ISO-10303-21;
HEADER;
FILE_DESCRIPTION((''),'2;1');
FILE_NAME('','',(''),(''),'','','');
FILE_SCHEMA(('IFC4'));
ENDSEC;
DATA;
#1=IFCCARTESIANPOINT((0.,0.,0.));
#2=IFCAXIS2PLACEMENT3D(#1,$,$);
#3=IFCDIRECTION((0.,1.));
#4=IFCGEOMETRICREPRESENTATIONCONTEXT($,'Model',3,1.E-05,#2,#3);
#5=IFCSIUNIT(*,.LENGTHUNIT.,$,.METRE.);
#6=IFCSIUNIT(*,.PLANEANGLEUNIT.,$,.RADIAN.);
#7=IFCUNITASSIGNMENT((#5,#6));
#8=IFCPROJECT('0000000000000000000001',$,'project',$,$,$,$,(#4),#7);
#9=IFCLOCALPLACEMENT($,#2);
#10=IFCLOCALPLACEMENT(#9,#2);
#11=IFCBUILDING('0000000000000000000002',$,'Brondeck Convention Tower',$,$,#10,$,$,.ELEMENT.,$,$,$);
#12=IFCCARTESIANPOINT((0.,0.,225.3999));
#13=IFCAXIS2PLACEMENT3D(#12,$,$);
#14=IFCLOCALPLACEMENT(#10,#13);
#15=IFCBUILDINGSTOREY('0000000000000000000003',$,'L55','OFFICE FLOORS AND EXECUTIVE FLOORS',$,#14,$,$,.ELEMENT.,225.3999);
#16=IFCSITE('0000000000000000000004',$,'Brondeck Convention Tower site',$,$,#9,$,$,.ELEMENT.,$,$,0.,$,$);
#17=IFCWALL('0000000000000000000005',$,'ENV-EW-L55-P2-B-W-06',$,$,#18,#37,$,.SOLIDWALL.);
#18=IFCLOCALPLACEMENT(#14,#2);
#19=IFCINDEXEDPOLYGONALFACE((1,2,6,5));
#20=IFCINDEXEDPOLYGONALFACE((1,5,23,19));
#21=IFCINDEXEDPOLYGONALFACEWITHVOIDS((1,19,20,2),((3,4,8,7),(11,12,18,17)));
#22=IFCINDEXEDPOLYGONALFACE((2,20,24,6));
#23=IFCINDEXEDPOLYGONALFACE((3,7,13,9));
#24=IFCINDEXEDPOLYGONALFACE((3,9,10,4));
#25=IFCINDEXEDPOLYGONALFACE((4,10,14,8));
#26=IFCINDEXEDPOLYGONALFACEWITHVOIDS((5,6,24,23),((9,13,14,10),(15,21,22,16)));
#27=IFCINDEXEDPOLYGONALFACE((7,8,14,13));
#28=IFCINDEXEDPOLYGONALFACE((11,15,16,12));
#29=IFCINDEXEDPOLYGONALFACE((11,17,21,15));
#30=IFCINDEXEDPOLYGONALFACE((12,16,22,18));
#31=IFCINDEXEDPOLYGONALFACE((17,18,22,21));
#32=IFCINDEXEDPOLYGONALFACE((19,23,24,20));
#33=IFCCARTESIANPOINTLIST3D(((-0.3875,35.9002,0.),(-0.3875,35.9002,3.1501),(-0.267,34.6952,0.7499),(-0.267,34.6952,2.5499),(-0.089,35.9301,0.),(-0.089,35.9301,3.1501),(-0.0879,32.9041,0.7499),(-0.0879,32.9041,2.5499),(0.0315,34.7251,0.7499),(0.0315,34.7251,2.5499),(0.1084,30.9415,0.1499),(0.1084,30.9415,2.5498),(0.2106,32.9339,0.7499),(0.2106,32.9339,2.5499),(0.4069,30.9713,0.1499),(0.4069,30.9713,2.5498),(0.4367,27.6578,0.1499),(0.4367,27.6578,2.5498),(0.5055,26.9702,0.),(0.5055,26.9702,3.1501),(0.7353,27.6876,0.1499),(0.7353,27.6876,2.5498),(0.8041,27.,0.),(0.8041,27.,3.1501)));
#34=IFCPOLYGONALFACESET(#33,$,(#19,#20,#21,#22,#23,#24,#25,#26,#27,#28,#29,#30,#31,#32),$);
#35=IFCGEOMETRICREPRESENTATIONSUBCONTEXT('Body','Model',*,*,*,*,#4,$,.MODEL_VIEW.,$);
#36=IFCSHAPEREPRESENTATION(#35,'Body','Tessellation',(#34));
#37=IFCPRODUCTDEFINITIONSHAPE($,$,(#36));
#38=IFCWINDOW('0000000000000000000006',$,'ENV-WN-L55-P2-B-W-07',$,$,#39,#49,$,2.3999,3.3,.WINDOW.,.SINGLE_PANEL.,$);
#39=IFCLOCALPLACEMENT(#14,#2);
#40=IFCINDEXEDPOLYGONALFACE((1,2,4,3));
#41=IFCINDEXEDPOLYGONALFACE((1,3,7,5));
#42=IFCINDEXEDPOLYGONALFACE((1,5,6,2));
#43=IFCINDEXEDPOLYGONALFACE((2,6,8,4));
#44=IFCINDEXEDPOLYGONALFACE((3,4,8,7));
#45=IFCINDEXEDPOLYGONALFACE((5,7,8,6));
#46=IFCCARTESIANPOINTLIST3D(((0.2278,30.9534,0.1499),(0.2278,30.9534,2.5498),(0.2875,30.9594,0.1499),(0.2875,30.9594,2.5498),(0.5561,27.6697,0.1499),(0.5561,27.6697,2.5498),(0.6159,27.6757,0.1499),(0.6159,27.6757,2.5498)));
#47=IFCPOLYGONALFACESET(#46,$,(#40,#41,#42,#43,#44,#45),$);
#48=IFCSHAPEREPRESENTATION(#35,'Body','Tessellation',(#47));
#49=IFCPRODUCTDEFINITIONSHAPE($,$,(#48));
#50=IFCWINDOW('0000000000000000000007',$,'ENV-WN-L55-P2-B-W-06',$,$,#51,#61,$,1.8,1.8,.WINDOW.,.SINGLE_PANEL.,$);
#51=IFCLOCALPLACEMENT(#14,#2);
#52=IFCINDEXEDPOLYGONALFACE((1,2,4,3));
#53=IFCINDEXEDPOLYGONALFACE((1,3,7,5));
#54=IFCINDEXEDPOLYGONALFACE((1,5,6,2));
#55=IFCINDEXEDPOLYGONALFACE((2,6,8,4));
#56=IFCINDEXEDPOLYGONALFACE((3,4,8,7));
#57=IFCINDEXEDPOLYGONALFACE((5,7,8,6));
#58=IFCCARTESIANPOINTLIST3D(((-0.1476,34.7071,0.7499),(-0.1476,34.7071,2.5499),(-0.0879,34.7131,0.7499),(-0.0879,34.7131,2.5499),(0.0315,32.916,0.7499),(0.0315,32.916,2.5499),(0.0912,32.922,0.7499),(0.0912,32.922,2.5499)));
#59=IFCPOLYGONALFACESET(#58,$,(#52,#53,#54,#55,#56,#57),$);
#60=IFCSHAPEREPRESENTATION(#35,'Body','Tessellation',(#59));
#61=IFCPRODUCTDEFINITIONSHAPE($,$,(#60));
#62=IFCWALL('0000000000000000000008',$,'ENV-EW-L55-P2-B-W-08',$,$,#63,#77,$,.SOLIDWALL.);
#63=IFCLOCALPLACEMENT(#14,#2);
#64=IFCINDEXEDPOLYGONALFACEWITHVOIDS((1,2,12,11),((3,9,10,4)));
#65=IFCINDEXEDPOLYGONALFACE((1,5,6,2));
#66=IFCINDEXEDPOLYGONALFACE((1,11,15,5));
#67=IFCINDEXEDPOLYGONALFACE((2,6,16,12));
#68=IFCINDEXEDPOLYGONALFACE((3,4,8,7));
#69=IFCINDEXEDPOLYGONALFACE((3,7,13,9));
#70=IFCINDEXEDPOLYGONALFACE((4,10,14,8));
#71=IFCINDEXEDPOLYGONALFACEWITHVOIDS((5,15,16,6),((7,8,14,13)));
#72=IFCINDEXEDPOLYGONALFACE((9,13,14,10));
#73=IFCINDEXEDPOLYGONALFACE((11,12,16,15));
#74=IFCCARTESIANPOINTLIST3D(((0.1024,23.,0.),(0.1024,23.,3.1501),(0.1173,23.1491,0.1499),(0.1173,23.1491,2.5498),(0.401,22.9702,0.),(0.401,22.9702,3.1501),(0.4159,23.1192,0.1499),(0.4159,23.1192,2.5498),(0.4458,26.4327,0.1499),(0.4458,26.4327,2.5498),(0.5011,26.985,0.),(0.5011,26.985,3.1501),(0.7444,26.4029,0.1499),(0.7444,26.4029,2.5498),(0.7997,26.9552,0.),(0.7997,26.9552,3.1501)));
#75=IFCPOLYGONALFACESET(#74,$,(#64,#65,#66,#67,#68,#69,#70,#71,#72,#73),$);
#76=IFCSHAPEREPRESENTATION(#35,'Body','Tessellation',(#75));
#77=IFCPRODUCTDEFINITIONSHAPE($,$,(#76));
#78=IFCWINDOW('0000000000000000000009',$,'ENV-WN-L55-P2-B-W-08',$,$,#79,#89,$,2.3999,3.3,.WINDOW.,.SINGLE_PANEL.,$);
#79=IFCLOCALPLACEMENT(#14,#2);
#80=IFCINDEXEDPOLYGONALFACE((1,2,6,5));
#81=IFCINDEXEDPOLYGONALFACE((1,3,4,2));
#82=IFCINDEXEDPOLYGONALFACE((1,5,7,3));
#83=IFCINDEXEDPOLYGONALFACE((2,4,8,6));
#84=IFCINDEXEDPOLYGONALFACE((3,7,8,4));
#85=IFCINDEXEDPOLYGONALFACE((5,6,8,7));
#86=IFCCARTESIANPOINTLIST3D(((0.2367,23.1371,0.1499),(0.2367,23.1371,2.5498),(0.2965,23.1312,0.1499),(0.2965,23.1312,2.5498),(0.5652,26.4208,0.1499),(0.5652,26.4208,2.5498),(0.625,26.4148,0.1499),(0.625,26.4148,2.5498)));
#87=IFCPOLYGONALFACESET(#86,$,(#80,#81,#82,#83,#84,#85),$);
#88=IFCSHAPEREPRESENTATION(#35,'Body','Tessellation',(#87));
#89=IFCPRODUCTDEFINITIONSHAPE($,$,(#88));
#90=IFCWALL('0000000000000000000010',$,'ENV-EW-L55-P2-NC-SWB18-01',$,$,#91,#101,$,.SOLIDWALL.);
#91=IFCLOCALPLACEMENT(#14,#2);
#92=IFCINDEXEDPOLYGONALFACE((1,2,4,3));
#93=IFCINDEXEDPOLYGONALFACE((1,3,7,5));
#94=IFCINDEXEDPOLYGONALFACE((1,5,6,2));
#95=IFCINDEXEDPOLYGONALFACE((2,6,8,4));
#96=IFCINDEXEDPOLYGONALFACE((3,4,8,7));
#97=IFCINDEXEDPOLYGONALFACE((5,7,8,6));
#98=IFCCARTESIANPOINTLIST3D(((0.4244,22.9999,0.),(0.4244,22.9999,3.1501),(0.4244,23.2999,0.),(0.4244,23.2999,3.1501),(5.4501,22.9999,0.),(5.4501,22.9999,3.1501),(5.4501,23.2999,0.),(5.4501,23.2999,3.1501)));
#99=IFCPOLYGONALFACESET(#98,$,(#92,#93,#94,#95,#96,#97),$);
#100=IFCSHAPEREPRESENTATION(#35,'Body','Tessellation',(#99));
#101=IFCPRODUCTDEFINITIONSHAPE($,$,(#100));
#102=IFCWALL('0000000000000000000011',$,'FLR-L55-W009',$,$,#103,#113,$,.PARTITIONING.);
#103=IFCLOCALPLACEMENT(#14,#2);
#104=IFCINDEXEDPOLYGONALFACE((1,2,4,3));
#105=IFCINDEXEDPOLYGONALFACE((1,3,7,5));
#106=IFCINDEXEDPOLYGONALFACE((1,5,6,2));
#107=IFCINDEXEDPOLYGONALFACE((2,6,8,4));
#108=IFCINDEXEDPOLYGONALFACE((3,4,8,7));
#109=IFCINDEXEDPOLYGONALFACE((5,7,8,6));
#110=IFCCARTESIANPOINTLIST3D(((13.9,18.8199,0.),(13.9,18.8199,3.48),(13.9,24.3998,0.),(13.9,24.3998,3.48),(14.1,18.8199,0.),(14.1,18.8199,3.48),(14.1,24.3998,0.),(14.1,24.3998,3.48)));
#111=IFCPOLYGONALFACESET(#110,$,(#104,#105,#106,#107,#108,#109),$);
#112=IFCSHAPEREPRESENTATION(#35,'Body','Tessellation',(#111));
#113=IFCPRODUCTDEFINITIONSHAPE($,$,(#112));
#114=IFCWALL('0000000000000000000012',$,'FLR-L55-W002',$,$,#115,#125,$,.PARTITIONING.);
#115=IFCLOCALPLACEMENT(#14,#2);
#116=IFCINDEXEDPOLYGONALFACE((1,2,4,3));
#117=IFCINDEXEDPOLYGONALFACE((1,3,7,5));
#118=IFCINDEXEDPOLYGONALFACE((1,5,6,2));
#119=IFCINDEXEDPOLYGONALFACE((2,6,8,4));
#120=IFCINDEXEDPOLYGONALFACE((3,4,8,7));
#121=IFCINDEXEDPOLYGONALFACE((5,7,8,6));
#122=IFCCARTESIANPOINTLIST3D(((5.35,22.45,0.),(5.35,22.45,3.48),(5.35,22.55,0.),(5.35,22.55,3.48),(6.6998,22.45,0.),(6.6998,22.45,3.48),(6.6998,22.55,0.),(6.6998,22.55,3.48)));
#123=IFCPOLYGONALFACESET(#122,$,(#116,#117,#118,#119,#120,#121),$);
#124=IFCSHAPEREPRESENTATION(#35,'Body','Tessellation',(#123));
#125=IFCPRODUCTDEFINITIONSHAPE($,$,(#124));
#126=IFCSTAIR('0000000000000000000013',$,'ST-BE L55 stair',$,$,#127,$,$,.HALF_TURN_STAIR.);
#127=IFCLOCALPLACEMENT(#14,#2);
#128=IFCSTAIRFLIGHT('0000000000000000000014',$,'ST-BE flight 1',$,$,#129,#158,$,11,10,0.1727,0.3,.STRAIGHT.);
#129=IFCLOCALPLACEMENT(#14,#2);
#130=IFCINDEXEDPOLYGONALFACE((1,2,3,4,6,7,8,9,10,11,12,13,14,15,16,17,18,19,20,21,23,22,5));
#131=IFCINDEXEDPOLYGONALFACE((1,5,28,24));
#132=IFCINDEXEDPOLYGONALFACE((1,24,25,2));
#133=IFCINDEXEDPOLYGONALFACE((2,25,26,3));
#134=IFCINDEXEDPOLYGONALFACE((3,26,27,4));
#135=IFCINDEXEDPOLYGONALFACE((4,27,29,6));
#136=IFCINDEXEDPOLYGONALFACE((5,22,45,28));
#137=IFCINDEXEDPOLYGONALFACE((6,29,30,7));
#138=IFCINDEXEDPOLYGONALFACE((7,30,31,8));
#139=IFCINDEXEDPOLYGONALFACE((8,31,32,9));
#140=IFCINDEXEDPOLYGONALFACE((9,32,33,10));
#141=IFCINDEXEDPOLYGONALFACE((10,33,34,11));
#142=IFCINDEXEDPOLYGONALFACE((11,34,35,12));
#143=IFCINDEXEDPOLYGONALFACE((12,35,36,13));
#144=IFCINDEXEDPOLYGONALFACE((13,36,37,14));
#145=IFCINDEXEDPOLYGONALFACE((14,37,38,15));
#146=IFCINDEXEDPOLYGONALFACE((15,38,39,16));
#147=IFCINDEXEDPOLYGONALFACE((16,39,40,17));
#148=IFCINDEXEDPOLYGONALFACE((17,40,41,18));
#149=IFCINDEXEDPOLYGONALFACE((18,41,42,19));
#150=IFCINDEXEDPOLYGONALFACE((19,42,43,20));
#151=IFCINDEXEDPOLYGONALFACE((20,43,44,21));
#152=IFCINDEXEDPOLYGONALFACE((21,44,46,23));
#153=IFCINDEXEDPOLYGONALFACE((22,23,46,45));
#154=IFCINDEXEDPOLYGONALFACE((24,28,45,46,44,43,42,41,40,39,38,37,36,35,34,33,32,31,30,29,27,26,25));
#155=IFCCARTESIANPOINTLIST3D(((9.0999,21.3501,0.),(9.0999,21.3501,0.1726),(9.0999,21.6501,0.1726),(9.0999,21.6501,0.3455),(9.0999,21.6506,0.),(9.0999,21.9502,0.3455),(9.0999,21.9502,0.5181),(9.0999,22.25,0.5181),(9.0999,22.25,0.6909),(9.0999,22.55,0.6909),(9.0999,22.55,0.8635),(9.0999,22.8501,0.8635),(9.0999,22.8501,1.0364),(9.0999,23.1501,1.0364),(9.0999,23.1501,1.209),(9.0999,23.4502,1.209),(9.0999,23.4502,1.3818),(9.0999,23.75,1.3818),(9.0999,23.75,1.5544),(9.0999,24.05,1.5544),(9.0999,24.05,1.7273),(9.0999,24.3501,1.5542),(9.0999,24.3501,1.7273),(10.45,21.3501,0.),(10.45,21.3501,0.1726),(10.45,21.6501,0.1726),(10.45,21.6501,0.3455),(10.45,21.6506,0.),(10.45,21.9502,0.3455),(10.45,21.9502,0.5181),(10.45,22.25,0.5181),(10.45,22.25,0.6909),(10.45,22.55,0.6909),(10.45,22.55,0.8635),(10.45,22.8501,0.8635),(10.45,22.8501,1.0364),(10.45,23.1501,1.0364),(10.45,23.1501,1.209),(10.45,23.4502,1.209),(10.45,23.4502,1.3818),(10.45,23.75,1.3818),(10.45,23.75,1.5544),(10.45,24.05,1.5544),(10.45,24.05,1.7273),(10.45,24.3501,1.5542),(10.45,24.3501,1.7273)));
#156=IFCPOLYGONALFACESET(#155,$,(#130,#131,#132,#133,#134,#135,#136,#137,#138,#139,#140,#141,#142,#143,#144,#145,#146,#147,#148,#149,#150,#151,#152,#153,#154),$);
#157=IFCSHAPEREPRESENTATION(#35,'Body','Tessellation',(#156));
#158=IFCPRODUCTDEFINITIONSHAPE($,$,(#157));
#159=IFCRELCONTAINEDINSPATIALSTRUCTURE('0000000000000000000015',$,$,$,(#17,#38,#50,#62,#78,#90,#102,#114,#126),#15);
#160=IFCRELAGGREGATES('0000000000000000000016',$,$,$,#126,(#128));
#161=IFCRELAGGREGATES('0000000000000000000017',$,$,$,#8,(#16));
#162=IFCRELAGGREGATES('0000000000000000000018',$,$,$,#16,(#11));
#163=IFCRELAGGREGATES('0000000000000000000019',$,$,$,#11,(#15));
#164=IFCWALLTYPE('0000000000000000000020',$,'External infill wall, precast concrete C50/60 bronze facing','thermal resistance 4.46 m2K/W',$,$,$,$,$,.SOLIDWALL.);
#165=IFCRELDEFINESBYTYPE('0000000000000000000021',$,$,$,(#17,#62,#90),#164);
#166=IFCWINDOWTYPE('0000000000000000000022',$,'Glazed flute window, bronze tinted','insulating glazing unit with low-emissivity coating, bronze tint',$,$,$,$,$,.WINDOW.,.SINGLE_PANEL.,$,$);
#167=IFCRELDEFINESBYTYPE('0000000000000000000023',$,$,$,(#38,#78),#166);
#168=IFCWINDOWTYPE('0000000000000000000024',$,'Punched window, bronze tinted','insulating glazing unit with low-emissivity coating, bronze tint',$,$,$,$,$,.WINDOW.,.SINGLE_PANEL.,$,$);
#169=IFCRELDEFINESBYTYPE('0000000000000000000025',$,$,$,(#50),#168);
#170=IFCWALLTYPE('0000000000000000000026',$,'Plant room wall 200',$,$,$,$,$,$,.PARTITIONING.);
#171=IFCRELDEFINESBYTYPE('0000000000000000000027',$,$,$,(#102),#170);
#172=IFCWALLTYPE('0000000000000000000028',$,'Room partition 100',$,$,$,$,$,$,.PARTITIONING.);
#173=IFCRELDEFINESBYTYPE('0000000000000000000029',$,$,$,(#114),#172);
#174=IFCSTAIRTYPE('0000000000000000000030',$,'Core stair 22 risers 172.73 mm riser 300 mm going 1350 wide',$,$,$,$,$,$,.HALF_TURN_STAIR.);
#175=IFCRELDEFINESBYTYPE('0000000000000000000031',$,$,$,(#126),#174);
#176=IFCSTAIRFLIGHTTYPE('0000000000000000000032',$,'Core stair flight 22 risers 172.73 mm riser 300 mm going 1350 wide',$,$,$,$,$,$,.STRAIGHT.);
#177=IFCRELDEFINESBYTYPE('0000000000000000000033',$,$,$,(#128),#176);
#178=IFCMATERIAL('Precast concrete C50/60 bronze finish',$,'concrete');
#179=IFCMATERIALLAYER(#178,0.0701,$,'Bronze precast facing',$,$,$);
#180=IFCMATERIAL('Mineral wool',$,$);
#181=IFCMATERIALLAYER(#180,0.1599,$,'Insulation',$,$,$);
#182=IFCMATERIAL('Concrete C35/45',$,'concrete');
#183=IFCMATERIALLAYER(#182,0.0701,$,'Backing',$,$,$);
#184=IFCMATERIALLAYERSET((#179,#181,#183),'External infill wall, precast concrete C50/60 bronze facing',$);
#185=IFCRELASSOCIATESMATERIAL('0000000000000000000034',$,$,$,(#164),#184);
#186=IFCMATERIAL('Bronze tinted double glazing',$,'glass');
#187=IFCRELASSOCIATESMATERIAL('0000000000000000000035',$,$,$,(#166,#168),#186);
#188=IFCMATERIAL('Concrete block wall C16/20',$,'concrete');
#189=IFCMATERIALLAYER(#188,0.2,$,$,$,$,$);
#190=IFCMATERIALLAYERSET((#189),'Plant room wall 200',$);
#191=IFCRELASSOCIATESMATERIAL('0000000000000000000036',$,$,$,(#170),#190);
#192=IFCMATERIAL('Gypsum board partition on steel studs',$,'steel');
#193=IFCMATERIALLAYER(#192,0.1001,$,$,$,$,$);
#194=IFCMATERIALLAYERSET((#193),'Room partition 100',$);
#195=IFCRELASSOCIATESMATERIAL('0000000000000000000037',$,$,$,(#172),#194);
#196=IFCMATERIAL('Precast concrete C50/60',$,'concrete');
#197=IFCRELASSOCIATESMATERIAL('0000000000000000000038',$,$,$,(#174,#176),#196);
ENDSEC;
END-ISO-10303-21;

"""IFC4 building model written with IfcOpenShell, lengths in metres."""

from ifc_helpers import new_model, si_unit, direction, frame, frame_2d, origin, place, context, subcontext, project, spatial, polyline, rectangle, outline, extrude, material, layer, layer_set, type_object, element, fill, aggregate, save


model = new_model("IFC4")

# Units and contexts
model_context = context("Model", 3, precision=1e-05, world=origin(), true_north=direction((0.0, 1.0)))
body_context = subcontext(model_context, "Body", "Model", "MODEL_VIEW")
ifc_project = project(units=[si_unit("LENGTHUNIT", "METRE"), si_unit("PLANEANGLEUNIT", "RADIAN")], contexts=[model_context])

# Site, building, storey
site_placement = place(None, origin())
site = spatial("IfcSite", under=ifc_project, at=site_placement, Name="Brondeck Convention Tower site", CompositionType="ELEMENT", RefElevation=0.0)
building_placement = place(site_placement, origin())
building = spatial("IfcBuilding", under=site, at=building_placement, Name="Brondeck Convention Tower", CompositionType="ELEMENT")
storey_placement = place(building_placement, frame((0.0, 0.0, 225.3999)))
storey = spatial("IfcBuildingStorey", under=building, at=storey_placement, Name="L55", Description="OFFICE FLOORS AND EXECUTIVE FLOORS", CompositionType="ELEMENT", Elevation=225.3999)

# Wall, openings, windows
ifc_material_1 = material(Name="Precast concrete C50/60 bronze finish", Category="concrete")
ifc_layer_1 = layer(ifc_material_1, 0.0701, Name="Bronze precast facing")
ifc_material_2 = material(Name="Mineral wool")
ifc_layer_2 = layer(ifc_material_2, 0.1599, Name="Insulation")
ifc_material_3 = material(Name="Concrete C35/45", Category="concrete")
ifc_layer_3 = layer(ifc_material_3, 0.0701, Name="Backing")
ifc_layer_set_1 = layer_set([ifc_layer_1, ifc_layer_2, ifc_layer_3], Name="External infill wall, precast concrete C50/60 bronze facing")
wall_type_1 = type_object("IfcWallType", Name="External infill wall, precast concrete C50/60 bronze facing", Description="thermal resistance 4.46 m2K/W", PredefinedType="SOLIDWALL", material=ifc_layer_set_1)
wall_1_placement = place(storey_placement, frame((0.6548, 26.9851, 0.0), z_axis=(0.0, 0.0, 1.0), x_axis=(-0.099509, 0.995037, 0.0)))
wall_1 = element("IfcWall", 1, at=wall_1_placement, inside=storey, type_object=wall_type_1, Name="ENV-EW-L55-P2-B-W-06", PredefinedType="SOLIDWALL", context=body_context, shape_type="SweptSolid", body=[
    extrude(rectangle(XDim=8.9746, YDim=0.3, at=frame_2d((4.4873, 0.0))), origin(), (0.0, 0.0, 1.0), 3.1501),
])
opening_1_placement = place(wall_1_placement, frame((0.6912, 0.0, 0.1499)))
opening_1 = element("IfcOpeningElement", 2, at=opening_1_placement, cuts=wall_1, PredefinedType="OPENING", context=body_context, shape_type="SweptSolid", body=[
    extrude(rectangle(XDim=3.3, YDim=2.3999, at=frame_2d((1.6499, 1.2))), frame((0.0, 0.1599, 0.0), z_axis=(0.0, -1.0, 0.0), x_axis=(1.0, 0.0, 0.0)), (0.0, 0.0, 1.0), 0.3201),
])
opening_2_placement = place(wall_1_placement, frame((5.9636, 0.0, 0.75)))
opening_2 = element("IfcOpeningElement", 3, at=opening_2_placement, cuts=wall_1, PredefinedType="OPENING", context=body_context, shape_type="SweptSolid", body=[
    extrude(rectangle(XDim=1.8, YDim=1.8, at=frame_2d((0.8999, 0.8999))), frame((0.0, 0.1599, 0.0), z_axis=(0.0, -1.0, 0.0), x_axis=(1.0, 0.0, 0.0)), (0.0, 0.0, 1.0), 0.3201),
])
ifc_material_4 = material(Name="Bronze tinted double glazing", Category="glass")
window_type_1 = type_object("IfcWindowType", Name="Glazed flute window, bronze tinted", Description="insulating glazing unit with low-emissivity coating, bronze tint", PartitioningType="SINGLE_PANEL", PredefinedType="WINDOW", material=ifc_material_4)
window_1_placement = place(opening_1_placement, origin())
window_1 = element("IfcWindow", 4, at=window_1_placement, inside=storey, type_object=window_type_1, Name="ENV-WN-L55-P2-B-W-07", OverallHeight=2.3999, OverallWidth=3.3, PartitioningType="SINGLE_PANEL", PredefinedType="WINDOW", context=body_context, shape_type="SweptSolid", body=[
    extrude(rectangle(XDim=3.3, YDim=2.3999, at=frame_2d((1.6499, 1.2))), frame((0.0, 0.03, 0.0), z_axis=(0.0, -1.0, 0.0), x_axis=(1.0, 0.0, 0.0)), (0.0, 0.0, 1.0), 0.0601),
])
fill(opening_1, window_1)
window_type_2 = type_object("IfcWindowType", Name="Punched window, bronze tinted", Description="insulating glazing unit with low-emissivity coating, bronze tint", PartitioningType="SINGLE_PANEL", PredefinedType="WINDOW", material=ifc_material_4)
window_2_placement = place(opening_2_placement, origin())
window_2 = element("IfcWindow", 5, at=window_2_placement, inside=storey, type_object=window_type_2, Name="ENV-WN-L55-P2-B-W-06", OverallHeight=1.8, OverallWidth=1.8, PartitioningType="SINGLE_PANEL", PredefinedType="WINDOW", context=body_context, shape_type="SweptSolid", body=[
    extrude(rectangle(XDim=1.8, YDim=1.8, at=frame_2d((0.8999, 0.8999))), frame((0.0, 0.03, 0.0), z_axis=(0.0, -1.0, 0.0), x_axis=(1.0, 0.0, 0.0)), (0.0, 0.0, 1.0), 0.0601),
])
fill(opening_2, window_2)

# Wall, opening, window
wall_2_placement = place(storey_placement, frame((0.2517, 22.9851, 0.0), z_axis=(0.0, 0.0, 1.0), x_axis=(0.099546, 0.995033, 0.0)))
wall_2 = element("IfcWall", 6, at=wall_2_placement, inside=storey, type_object=wall_type_1, Name="ENV-EW-L55-P2-B-W-08", PredefinedType="SOLIDWALL", context=body_context, shape_type="SweptSolid", body=[
    extrude(rectangle(XDim=4.0049, YDim=0.3, at=frame_2d((2.0024, 0.0))), origin(), (0.0, 0.0, 1.0), 3.1501),
])
opening_3_placement = place(wall_2_placement, frame((0.1499, 0.0, 0.1499)))
opening_3 = element("IfcOpeningElement", 7, at=opening_3_placement, cuts=wall_2, PredefinedType="OPENING", context=body_context, shape_type="SweptSolid", body=[
    extrude(rectangle(XDim=3.3, YDim=2.3999, at=frame_2d((1.6499, 1.2))), frame((0.0, 0.1599, 0.0), z_axis=(0.0, -1.0, 0.0), x_axis=(1.0, 0.0, 0.0)), (0.0, 0.0, 1.0), 0.3201),
])
window_3_placement = place(opening_3_placement, origin())
window_3 = element("IfcWindow", 8, at=window_3_placement, inside=storey, type_object=window_type_1, Name="ENV-WN-L55-P2-B-W-08", OverallHeight=2.3999, OverallWidth=3.3, PartitioningType="SINGLE_PANEL", PredefinedType="WINDOW", context=body_context, shape_type="SweptSolid", body=[
    extrude(rectangle(XDim=3.3, YDim=2.3999, at=frame_2d((1.6499, 1.2))), frame((0.0, 0.03, 0.0), z_axis=(0.0, -1.0, 0.0), x_axis=(1.0, 0.0, 0.0)), (0.0, 0.0, 1.0), 0.0601),
])
fill(opening_3, window_3)

# Walls
wall_3_placement = place(storey_placement, frame((5.45, 23.1499, 0.0), z_axis=(0.0, 0.0, 1.0), x_axis=(-1.0, 0.0, 0.0)))
element("IfcWall", 9, at=wall_3_placement, inside=storey, type_object=wall_type_1, Name="ENV-EW-L55-P2-NC-SWB18-01", PredefinedType="SOLIDWALL", context=body_context, shape_type="SweptSolid", body=[
    extrude(rectangle(XDim=5.0256, YDim=0.3, at=frame_2d((2.5127, 0.0))), origin(), (0.0, 0.0, 1.0), 3.1501),
])
ifc_material_5 = material(Name="Concrete block wall C16/20", Category="concrete")
ifc_layer_4 = layer(ifc_material_5, 0.2)
ifc_layer_set_2 = layer_set([ifc_layer_4], Name="Plant room wall 200")
wall_type_2 = type_object("IfcWallType", Name="Plant room wall 200", PredefinedType="PARTITIONING", material=ifc_layer_set_2)
wall_4_placement = place(storey_placement, frame((14.0, 24.3999, 0.0), z_axis=(0.0, 0.0, 1.0), x_axis=(0.0, -1.0, 0.0)))
element("IfcWall", 10, at=wall_4_placement, inside=storey, type_object=wall_type_2, Name="FLR-L55-W009", PredefinedType="PARTITIONING", context=body_context, shape_type="SweptSolid", body=[
    extrude(rectangle(XDim=5.5798, YDim=0.2, at=frame_2d((2.79, 0.0))), origin(), (0.0, 0.0, 1.0), 3.48),
])
ifc_material_6 = material(Name="Gypsum board partition on steel studs", Category="steel")
ifc_layer_5 = layer(ifc_material_6, 0.1001)
ifc_layer_set_3 = layer_set([ifc_layer_5], Name="Room partition 100")
wall_type_3 = type_object("IfcWallType", Name="Room partition 100", PredefinedType="PARTITIONING", material=ifc_layer_set_3)
wall_5_placement = place(storey_placement, frame((5.3501, 22.5, 0.0), z_axis=(0.0, 0.0, 1.0), x_axis=(1.0, 0.0, 0.0)))
element("IfcWall", 11, at=wall_5_placement, inside=storey, type_object=wall_type_3, Name="FLR-L55-W002", PredefinedType="PARTITIONING", context=body_context, shape_type="SweptSolid", body=[
    extrude(rectangle(XDim=1.3499, YDim=0.1001, at=frame_2d((0.6748, 0.0))), origin(), (0.0, 0.0, 1.0), 3.48),
])

# Stair, stair flight
ifc_material_7 = material(Name="Precast concrete C50/60", Category="concrete")
stair_type = type_object("IfcStairType", Name="Core stair 22 risers 172.73 mm riser 300 mm going 1350 wide", PredefinedType="HALF_TURN_STAIR", material=ifc_material_7)
stair_placement = place(storey_placement, origin())
stair = element("IfcStair", 12, at=stair_placement, inside=storey, type_object=stair_type, Name="ST-BE L55 stair", PredefinedType="HALF_TURN_STAIR")
stair_flight_type = type_object("IfcStairFlightType", Name="Core stair flight 22 risers 172.73 mm riser 300 mm going 1350 wide", PredefinedType="STRAIGHT", material=ifc_material_7)
stair_flight_1_placement = place(storey_placement, frame((9.7749, 21.3501, 0.0), z_axis=(0.0, 0.0, 1.0), x_axis=(0.0, 1.0, 0.0)))
stair_flight_1 = element("IfcStairFlight", 13, at=stair_flight_1_placement, type_object=stair_flight_type, Name="ST-BE flight 1", NumberOfRisers=11, NumberOfTreads=10, PredefinedType="STRAIGHT", RiserHeight=0.1727, TreadLength=0.3, context=body_context, shape_type="SweptSolid", body=[
    extrude(outline(polyline([(0.0, 0.0), (0.0, 0.1726), (0.3, 0.1726), (0.3, 0.3455), (0.6001, 0.3455), (0.6001, 0.5181), (0.8999, 0.5181), (0.8999, 0.6909), (1.2, 0.6909), (1.2, 0.8635), (1.5, 0.8635), (1.5, 1.0364), (1.8, 1.0364), (1.8, 1.209), (2.1001, 1.209), (2.1001, 1.3818), (2.3999, 1.3818), (2.3999, 1.5544), (2.7, 1.5544), (2.7, 1.7273), (3.0, 1.7273), (3.0, 1.8999), (3.0, 1.5542), (0.3005, 0.0), (0.0, 0.0)])), frame((0.0, 0.675, 0.0), z_axis=(0.0, -1.0, 0.0), x_axis=(1.0, 0.0, 0.0)), (0.0, 0.0, 1.0), 1.3501),
])
aggregate(stair, [stair_flight_1])

save(model, "model.ifc")
